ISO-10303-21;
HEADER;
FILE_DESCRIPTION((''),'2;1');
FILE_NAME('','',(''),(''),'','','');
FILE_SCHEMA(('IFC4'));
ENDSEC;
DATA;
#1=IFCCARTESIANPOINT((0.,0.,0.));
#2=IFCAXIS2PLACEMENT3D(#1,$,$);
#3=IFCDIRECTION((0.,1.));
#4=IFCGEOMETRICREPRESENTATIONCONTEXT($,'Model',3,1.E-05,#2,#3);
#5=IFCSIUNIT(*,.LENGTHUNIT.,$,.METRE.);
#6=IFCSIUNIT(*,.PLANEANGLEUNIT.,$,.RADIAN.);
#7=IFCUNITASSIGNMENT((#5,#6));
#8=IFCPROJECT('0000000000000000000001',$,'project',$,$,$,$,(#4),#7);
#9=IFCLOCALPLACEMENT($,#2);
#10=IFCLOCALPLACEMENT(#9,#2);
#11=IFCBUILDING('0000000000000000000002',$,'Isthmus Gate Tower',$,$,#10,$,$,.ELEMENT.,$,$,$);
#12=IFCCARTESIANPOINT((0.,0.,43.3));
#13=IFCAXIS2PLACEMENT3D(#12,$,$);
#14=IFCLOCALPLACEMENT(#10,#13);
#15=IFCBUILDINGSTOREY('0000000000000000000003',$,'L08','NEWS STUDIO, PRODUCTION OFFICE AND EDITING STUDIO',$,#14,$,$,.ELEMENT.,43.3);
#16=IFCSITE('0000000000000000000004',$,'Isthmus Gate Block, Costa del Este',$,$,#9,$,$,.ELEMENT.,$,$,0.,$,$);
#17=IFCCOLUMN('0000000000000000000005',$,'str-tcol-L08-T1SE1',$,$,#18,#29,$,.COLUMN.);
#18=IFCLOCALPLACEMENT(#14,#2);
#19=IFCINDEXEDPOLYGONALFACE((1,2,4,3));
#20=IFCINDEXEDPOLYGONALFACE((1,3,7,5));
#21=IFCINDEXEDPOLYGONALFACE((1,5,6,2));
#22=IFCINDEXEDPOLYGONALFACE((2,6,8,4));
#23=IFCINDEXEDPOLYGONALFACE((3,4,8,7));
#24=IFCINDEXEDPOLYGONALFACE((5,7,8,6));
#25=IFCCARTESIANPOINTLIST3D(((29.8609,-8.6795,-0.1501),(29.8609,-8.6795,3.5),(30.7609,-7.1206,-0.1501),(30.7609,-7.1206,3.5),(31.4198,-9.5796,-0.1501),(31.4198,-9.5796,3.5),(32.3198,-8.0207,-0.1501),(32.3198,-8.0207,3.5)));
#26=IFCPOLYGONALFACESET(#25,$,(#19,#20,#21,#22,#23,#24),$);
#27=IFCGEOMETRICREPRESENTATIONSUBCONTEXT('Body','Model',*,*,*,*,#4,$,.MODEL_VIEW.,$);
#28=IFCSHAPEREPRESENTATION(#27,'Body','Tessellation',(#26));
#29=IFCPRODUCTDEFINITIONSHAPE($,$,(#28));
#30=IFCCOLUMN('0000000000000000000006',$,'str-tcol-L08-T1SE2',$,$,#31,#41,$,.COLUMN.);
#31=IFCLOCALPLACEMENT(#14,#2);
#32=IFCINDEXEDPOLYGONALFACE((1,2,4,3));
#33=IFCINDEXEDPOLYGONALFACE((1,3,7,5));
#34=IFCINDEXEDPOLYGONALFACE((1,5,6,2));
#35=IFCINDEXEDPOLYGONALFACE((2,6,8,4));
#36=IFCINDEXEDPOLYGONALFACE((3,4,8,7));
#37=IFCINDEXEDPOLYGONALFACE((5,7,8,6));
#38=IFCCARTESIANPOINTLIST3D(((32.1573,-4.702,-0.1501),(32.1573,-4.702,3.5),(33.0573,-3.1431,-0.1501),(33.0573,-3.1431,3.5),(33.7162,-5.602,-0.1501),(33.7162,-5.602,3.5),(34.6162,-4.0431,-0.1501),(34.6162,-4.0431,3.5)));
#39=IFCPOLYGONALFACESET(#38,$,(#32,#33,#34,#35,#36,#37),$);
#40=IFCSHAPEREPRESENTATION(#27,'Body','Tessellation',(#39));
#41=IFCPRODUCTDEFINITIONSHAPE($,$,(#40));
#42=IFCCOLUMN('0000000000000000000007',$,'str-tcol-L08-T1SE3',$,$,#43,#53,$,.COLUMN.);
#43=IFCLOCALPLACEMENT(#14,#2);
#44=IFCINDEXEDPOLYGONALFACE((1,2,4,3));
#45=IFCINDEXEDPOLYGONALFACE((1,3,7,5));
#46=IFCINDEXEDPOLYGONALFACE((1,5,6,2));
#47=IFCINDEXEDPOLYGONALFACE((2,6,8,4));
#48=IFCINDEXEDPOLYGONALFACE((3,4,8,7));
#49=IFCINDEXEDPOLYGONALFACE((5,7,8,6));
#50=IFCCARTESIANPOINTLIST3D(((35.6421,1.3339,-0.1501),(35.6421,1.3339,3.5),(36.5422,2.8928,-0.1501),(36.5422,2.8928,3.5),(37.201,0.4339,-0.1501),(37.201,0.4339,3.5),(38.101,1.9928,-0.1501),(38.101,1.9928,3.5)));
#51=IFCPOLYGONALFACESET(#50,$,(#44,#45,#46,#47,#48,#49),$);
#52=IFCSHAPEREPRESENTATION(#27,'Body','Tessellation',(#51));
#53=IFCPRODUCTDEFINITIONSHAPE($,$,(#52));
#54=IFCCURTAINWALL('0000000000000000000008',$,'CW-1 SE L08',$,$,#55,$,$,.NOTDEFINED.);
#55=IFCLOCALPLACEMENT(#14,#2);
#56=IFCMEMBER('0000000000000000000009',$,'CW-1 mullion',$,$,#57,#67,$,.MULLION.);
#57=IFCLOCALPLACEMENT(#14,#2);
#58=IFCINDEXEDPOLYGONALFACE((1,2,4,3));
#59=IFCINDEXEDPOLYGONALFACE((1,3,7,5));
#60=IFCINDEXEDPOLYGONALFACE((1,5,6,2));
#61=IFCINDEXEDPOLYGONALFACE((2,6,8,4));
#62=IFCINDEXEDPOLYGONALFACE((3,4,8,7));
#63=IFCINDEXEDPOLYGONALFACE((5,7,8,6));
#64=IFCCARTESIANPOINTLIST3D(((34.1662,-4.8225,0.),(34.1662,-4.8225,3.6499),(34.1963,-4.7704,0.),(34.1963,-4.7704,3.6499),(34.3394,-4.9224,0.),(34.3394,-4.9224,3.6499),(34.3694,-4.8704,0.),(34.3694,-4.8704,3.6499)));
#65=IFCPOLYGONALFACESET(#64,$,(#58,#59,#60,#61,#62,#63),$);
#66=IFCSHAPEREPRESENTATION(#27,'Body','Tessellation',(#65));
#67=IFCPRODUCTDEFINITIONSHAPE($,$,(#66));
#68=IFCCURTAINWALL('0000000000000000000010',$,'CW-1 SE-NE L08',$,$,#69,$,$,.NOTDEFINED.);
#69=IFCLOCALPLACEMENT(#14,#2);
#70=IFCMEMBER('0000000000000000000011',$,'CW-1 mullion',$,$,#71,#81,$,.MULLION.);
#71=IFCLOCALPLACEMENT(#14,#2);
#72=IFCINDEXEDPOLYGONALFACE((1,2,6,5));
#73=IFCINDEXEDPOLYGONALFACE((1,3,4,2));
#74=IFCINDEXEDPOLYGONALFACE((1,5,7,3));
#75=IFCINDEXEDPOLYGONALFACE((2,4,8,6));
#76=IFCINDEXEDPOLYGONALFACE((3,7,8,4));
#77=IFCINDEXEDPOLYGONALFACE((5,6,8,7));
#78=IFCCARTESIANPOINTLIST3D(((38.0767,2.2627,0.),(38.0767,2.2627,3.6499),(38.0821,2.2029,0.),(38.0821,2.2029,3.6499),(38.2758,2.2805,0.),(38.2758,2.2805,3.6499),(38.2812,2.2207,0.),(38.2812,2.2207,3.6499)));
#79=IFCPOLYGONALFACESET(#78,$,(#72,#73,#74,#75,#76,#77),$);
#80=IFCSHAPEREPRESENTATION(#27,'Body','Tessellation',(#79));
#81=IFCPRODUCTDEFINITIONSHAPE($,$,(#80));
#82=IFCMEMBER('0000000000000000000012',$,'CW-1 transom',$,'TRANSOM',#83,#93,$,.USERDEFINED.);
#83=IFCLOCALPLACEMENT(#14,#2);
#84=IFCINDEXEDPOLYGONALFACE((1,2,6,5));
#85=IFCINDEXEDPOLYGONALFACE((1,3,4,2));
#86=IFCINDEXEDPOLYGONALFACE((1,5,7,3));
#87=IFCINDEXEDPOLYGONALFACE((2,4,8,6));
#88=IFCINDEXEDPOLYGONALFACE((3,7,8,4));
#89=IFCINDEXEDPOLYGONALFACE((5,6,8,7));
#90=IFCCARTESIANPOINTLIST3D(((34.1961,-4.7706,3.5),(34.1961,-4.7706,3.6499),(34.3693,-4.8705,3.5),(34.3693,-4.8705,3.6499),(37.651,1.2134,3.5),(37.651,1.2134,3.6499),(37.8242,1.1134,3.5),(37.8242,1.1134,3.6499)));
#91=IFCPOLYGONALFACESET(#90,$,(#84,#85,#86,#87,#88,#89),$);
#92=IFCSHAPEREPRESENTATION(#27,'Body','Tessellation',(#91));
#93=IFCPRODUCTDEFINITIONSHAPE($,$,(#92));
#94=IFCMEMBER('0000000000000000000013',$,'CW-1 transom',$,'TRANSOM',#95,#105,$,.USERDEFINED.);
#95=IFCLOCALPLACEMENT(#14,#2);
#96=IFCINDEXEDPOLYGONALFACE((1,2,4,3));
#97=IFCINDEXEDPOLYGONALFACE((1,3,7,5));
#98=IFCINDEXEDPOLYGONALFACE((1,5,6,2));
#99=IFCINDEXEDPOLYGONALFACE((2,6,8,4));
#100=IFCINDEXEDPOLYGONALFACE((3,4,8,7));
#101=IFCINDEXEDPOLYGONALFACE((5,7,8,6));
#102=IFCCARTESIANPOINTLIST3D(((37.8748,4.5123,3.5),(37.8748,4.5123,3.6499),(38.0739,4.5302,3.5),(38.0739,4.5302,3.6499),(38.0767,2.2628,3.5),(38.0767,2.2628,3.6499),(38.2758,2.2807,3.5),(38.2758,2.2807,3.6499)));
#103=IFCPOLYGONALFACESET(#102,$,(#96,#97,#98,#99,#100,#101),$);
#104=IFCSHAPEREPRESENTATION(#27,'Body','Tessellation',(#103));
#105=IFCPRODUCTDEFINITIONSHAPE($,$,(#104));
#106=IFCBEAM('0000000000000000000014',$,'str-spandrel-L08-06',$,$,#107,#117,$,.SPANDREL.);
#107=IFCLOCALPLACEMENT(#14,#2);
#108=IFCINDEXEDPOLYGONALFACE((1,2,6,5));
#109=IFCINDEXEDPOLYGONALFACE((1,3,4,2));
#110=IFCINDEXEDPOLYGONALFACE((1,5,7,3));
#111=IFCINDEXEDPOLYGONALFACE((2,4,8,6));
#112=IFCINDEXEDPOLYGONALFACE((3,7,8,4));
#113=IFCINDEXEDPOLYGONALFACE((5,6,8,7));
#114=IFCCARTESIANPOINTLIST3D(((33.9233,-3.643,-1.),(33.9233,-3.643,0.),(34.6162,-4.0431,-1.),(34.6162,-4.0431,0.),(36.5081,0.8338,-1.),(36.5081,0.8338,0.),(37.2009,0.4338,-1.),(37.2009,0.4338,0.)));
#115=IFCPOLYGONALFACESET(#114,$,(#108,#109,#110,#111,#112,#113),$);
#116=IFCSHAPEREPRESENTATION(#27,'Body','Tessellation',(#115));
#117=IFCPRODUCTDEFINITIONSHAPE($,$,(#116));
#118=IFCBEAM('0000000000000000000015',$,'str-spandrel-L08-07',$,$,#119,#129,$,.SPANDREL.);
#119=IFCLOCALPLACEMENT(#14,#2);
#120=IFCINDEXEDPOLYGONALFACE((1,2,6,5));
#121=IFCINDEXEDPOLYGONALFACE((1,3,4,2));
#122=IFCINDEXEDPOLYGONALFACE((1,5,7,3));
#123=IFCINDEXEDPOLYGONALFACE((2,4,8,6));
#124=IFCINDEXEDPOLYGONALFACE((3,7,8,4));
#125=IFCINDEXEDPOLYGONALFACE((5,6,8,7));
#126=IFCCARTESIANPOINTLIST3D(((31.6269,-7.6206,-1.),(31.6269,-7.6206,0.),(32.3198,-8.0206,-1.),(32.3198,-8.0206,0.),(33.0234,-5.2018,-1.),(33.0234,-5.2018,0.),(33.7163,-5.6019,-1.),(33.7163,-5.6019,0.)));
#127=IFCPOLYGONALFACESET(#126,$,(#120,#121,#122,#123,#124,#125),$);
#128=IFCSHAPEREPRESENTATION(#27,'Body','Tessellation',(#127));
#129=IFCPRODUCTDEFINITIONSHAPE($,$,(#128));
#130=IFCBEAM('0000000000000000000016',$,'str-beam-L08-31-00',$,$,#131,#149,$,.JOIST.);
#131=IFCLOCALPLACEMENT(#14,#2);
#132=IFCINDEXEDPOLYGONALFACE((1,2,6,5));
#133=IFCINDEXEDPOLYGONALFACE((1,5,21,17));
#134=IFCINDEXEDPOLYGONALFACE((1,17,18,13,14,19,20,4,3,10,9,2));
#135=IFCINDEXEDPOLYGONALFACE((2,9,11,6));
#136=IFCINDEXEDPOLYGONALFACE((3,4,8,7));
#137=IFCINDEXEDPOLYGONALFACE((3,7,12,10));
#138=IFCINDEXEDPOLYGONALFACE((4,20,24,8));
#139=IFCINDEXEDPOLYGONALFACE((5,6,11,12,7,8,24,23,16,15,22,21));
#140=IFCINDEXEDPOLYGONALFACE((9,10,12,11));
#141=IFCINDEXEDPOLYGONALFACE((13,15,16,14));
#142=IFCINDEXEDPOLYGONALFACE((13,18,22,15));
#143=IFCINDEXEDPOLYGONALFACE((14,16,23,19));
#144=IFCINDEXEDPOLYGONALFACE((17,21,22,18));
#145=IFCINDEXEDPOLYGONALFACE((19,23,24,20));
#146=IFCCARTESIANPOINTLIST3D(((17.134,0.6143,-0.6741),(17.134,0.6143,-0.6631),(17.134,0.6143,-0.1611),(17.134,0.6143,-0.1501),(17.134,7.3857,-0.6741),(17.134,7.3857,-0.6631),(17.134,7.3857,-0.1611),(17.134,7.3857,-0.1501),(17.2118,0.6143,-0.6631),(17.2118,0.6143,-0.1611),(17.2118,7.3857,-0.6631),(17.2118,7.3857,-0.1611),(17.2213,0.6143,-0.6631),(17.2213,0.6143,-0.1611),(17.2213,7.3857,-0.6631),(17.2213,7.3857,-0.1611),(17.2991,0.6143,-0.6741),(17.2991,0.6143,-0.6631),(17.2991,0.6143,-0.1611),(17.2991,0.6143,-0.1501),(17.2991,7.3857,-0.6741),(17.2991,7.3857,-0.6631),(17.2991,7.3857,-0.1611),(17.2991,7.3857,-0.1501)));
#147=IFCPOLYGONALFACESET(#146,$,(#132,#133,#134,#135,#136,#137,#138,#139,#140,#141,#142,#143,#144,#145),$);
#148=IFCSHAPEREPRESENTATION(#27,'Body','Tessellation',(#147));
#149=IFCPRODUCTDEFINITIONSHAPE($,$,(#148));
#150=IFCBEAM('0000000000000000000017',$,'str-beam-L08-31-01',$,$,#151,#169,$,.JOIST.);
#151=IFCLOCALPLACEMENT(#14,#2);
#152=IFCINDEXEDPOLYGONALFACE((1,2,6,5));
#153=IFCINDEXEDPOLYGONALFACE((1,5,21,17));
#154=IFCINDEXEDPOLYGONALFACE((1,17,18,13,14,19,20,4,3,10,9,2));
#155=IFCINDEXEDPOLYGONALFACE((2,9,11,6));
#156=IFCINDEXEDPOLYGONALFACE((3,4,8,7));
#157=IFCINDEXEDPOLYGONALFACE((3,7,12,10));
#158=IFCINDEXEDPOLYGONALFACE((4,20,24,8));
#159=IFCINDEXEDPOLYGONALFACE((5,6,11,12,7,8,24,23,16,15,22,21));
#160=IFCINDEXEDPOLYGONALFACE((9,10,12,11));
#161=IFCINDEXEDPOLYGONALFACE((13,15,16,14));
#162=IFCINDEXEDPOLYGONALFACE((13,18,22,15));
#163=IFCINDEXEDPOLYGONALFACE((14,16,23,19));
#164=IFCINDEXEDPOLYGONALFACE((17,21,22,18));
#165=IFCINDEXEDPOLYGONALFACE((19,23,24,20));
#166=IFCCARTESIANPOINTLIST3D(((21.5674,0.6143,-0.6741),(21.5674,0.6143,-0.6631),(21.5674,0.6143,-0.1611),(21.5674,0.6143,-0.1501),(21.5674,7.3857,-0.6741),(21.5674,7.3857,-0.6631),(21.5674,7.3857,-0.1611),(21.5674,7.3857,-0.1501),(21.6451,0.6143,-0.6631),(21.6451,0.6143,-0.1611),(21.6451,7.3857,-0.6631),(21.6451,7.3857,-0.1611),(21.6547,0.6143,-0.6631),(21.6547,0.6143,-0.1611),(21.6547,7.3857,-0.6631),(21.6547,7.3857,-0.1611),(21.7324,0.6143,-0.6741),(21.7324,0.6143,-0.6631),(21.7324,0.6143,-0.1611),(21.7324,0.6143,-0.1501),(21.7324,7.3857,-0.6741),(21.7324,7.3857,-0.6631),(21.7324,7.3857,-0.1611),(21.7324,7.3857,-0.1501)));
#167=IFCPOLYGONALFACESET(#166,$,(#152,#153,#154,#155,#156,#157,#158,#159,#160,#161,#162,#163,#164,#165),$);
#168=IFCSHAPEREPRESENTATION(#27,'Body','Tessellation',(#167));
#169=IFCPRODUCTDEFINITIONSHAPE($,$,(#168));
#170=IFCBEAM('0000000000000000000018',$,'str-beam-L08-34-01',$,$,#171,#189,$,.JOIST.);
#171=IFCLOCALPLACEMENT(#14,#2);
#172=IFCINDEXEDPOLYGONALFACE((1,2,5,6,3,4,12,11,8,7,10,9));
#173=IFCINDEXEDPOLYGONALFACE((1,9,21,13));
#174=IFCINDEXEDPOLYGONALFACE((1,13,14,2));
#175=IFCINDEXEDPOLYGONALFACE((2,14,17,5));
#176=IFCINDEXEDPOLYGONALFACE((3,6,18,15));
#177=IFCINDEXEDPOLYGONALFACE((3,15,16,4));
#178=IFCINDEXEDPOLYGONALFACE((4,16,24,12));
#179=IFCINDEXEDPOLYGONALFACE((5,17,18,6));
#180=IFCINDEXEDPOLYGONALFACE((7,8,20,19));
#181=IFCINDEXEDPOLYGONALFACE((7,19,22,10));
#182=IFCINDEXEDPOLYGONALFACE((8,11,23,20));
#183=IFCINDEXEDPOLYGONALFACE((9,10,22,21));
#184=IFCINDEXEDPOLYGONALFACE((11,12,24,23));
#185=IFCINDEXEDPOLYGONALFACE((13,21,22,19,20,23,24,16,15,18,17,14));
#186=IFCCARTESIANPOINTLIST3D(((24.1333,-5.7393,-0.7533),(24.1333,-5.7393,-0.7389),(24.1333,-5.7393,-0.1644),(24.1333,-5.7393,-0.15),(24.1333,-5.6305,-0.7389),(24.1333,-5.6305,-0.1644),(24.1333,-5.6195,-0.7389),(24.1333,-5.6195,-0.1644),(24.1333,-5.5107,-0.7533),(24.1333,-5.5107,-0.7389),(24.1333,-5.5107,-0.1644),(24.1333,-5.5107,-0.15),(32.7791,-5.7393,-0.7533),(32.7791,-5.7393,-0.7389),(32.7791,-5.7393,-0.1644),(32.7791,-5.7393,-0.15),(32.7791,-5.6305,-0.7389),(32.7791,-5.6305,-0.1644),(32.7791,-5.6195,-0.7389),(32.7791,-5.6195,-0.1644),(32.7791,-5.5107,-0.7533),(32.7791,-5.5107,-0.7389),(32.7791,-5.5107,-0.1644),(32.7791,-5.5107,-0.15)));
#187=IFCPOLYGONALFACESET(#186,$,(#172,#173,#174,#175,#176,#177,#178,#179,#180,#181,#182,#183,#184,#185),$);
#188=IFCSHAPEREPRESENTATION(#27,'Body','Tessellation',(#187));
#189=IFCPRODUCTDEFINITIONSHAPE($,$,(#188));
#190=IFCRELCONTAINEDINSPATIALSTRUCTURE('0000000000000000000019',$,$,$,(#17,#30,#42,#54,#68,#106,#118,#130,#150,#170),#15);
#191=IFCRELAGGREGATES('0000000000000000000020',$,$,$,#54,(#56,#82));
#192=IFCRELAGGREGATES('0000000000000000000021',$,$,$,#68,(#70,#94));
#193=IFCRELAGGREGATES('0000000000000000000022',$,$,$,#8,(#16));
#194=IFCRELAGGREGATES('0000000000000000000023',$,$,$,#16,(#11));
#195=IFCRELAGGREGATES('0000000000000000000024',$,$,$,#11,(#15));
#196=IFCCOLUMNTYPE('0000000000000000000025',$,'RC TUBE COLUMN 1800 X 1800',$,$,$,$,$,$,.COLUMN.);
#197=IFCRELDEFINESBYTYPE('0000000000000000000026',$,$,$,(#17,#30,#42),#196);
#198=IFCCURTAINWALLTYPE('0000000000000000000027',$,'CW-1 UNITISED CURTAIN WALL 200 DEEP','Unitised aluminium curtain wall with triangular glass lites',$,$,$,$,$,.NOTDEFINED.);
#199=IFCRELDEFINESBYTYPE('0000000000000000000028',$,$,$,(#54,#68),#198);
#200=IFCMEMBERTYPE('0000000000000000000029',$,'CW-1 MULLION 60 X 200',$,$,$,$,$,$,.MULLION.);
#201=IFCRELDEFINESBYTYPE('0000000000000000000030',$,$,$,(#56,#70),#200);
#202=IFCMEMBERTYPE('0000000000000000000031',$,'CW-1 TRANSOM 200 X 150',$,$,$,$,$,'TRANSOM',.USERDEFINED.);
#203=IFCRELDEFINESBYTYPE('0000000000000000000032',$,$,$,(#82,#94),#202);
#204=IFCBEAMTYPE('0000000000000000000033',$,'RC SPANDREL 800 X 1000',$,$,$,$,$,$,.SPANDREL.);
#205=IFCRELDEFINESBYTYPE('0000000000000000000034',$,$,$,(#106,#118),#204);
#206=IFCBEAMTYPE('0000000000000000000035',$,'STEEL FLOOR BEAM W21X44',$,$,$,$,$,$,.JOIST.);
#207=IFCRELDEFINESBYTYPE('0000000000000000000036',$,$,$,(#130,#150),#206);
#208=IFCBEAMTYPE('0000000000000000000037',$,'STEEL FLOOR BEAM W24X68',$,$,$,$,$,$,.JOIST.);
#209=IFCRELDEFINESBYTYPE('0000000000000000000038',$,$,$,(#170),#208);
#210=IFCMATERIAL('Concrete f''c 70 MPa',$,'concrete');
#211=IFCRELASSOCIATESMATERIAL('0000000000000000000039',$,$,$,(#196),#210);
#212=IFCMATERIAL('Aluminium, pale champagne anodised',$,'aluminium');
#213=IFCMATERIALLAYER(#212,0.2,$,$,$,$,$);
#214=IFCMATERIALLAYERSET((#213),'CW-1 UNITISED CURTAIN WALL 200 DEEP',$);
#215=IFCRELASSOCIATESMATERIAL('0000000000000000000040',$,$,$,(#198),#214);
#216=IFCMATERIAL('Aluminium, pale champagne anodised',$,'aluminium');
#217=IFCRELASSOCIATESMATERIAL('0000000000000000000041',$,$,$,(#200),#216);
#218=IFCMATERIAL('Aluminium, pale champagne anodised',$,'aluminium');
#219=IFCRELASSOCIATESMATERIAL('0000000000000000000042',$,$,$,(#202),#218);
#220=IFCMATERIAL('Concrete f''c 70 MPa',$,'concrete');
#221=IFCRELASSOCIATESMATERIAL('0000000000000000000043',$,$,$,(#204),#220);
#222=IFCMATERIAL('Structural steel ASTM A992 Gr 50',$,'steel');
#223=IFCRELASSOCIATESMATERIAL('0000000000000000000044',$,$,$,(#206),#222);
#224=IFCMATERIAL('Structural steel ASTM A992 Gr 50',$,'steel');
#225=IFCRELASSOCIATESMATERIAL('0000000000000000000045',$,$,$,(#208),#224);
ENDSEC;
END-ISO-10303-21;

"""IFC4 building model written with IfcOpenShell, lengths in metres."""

from ifc_helpers import new_model, si_unit, direction, frame, origin, origin_2d, place, context, subcontext, project, spatial, rectangle, i_section, extrude, material, layer, layer_set, material_profile, profile_set, type_object, element, aggregate, save


model = new_model("IFC4")

# Units and contexts
model_context = context("Model", 3, precision=1e-05, world=origin(), true_north=direction((0.0, 1.0)))
body_context = subcontext(model_context, "Body", "Model", "MODEL_VIEW")
ifc_project = project(units=[si_unit("LENGTHUNIT", "METRE"), si_unit("PLANEANGLEUNIT", "RADIAN")], contexts=[model_context])

# Site, building, storey
site_placement = place(None, origin())
site = spatial("IfcSite", under=ifc_project, at=site_placement, Name="Isthmus Gate Block, Costa del Este", CompositionType="ELEMENT", RefElevation=0.0)
building_placement = place(site_placement, origin())
building = spatial("IfcBuilding", under=site, at=building_placement, Name="Isthmus Gate Tower", CompositionType="ELEMENT")
storey_placement = place(building_placement, frame((0.0, 0.0, 43.3)))
storey = spatial("IfcBuildingStorey", under=building, at=storey_placement, Name="L08", Description="NEWS STUDIO, PRODUCTION OFFICE AND EDITING STUDIO", CompositionType="ELEMENT", Elevation=43.3)

# Columns
ifc_material_1 = material(Name="Concrete f'c 70 MPa", Category="concrete")
ifc_material_profile_1 = material_profile(ifc_material_1, rectangle(XDim=1.8, YDim=1.8, at=origin_2d()), Name="RC 1800X1800")
ifc_profile_set_1 = profile_set([ifc_material_profile_1], Name="Concrete f'c 70 MPa")
column_type = type_object("IfcColumnType", Name="RC TUBE COLUMN 1800 X 1800", PredefinedType="COLUMN", material=ifc_profile_set_1)
for number, where, z_axis, x_axis, name in (
    (1, (31.0903, -8.3501, -0.1501), (0.0, 0.0, 1.0), (0.5, 0.866025, 0.0), "str-tcol-L08-T1SE1"),
    (2, (33.3867, -4.3726, -0.1501), (0.0, 0.0, 1.0), (0.5, 0.866025, 0.0), "str-tcol-L08-T1SE2"),
    (3, (36.8716, 1.6633, -0.1501), (0.0, 0.0, 1.0), (0.5, 0.866025, 0.0), "str-tcol-L08-T1SE3"),
):
    element("IfcColumn", number, at=place(storey_placement, frame(where, z_axis=z_axis, x_axis=x_axis)), inside=storey, type_object=column_type, Name=name, PredefinedType="COLUMN", context=body_context, shape_type="SweptSolid", body=[
        extrude(rectangle(XDim=1.8, YDim=1.8, at=origin_2d()), origin(), (0.0, 0.0, 1.0), 3.6501),
    ])

# Curtain walls, members
ifc_material_2 = material(Name="Aluminium, pale champagne anodised", Category="aluminium")
ifc_layer_1 = layer(ifc_material_2, 0.2)
ifc_layer_set_1 = layer_set([ifc_layer_1], Name="CW-1 UNITISED CURTAIN WALL 200 DEEP")
curtain_wall_type = type_object("IfcCurtainWallType", Name="CW-1 UNITISED CURTAIN WALL 200 DEEP", Description="Unitised aluminium curtain wall with triangular glass lites", PredefinedType="NOTDEFINED", material=ifc_layer_set_1)
curtain_wall_1_placement = place(storey_placement, origin())
curtain_wall_1 = element("IfcCurtainWall", 4, at=curtain_wall_1_placement, inside=storey, type_object=curtain_wall_type, Name="CW-1 SE L08", PredefinedType="NOTDEFINED")
ifc_material_3 = material(Name="Aluminium, pale champagne anodised", Category="aluminium")
ifc_material_profile_2 = material_profile(ifc_material_3, rectangle(XDim=0.0601, YDim=0.2, at=origin_2d()), Name="60x200")
ifc_profile_set_2 = profile_set([ifc_material_profile_2], Name="Aluminium, pale champagne anodised")
member_type_1 = type_object("IfcMemberType", Name="CW-1 MULLION 60 X 200", PredefinedType="MULLION", material=ifc_profile_set_2)
member_1_placement = place(storey_placement, frame((34.2678, -4.8464, 0.0), z_axis=(0.0, 0.0, 1.0), x_axis=(0.5, 0.866025, 0.0)))
member_1 = element("IfcMember", 5, at=member_1_placement, type_object=member_type_1, Name="CW-1 mullion", PredefinedType="MULLION", context=body_context, shape_type="SweptSolid", body=[
    extrude(rectangle(XDim=0.0601, YDim=0.2, at=origin_2d()), origin(), (0.0, 0.0, 1.0), 3.6499),
])
curtain_wall_2_placement = place(storey_placement, origin())
curtain_wall_2 = element("IfcCurtainWall", 6, at=curtain_wall_2_placement, inside=storey, type_object=curtain_wall_type, Name="CW-1 SE-NE L08", PredefinedType="NOTDEFINED")
member_2_placement = place(storey_placement, frame((38.179, 2.2417, 0.0), z_axis=(0.0, 0.0, 1.0), x_axis=(-0.089397, 0.995996, 0.0)))
member_2 = element("IfcMember", 7, at=member_2_placement, type_object=member_type_1, Name="CW-1 mullion", PredefinedType="MULLION", context=body_context, shape_type="SweptSolid", body=[
    extrude(rectangle(XDim=0.0601, YDim=0.2, at=origin_2d()), origin(), (0.0, 0.0, 1.0), 3.6499),
])

# Members
ifc_material_4 = material(Name="Aluminium, pale champagne anodised", Category="aluminium")
ifc_material_profile_3 = material_profile(ifc_material_4, rectangle(XDim=0.2, YDim=0.1499, at=origin_2d()), Name="200x150")
ifc_profile_set_3 = profile_set([ifc_material_profile_3], Name="Aluminium, pale champagne anodised")
member_type_2 = type_object("IfcMemberType", Name="CW-1 TRANSOM 200 X 150", ElementType="TRANSOM", PredefinedType="USERDEFINED", material=ifc_profile_set_3)
member_3_placement = place(storey_placement, frame((34.2827, -4.8206, 3.575), z_axis=(0.500004, 0.866023, 0.0), x_axis=(-0.866023, 0.500004, 0.0)))
member_3 = element("IfcMember", 8, at=member_3_placement, type_object=member_type_2, Name="CW-1 transom", ObjectType="TRANSOM", PredefinedType="USERDEFINED", context=body_context, shape_type="SweptSolid", body=[
    extrude(rectangle(XDim=0.2, YDim=0.1499, at=origin_2d()), origin(), (0.0, 0.0, 1.0), 6.9097),
])
member_4_placement = place(storey_placement, frame((38.1763, 2.2717, 3.575), z_axis=(-0.089395, 0.995996, 0.0), x_axis=(-0.995996, -0.089395, 0.0)))
member_4 = element("IfcMember", 9, at=member_4_placement, type_object=member_type_2, Name="CW-1 transom", ObjectType="TRANSOM", PredefinedType="USERDEFINED", context=body_context, shape_type="SweptSolid", body=[
    extrude(rectangle(XDim=0.2, YDim=0.1499, at=origin_2d()), origin(), (0.0, 0.0, 1.0), 2.2585),
])

# Beams
ifc_material_5 = material(Name="Concrete f'c 70 MPa", Category="concrete")
ifc_material_profile_4 = material_profile(ifc_material_5, rectangle(XDim=0.8, YDim=1.0, at=origin_2d()), Name="RC 800X1000")
ifc_profile_set_4 = profile_set([ifc_material_profile_4], Name="Concrete f'c 70 MPa")
beam_type_1 = type_object("IfcBeamType", Name="RC SPANDREL 800 X 1000", PredefinedType="SPANDREL", material=ifc_profile_set_4)
beam_1_placement = place(storey_placement, frame((36.8545, 0.6338, -0.5), z_axis=(-0.500005, -0.866023, 0.0), x_axis=(0.866023, -0.500005, 0.0)))
element("IfcBeam", 10, at=beam_1_placement, inside=storey, type_object=beam_type_1, Name="str-spandrel-L08-06", PredefinedType="SPANDREL", context=body_context, shape_type="SweptSolid", body=[
    extrude(rectangle(XDim=0.8, YDim=1.0, at=origin_2d()), origin(), (0.0, 0.0, 1.0), 5.1694),
])
beam_2_placement = place(storey_placement, frame((33.3699, -5.4019, -0.5), z_axis=(-0.500013, -0.866018, 0.0), x_axis=(0.866018, -0.500013, 0.0)))
element("IfcBeam", 11, at=beam_2_placement, inside=storey, type_object=beam_type_1, Name="str-spandrel-L08-07", PredefinedType="SPANDREL", context=body_context, shape_type="SweptSolid", body=[
    extrude(rectangle(XDim=0.8, YDim=1.0, at=origin_2d()), origin(), (0.0, 0.0, 1.0), 2.793),
])
ifc_material_6 = material(Name="Structural steel ASTM A992 Gr 50", Category="steel")
ifc_material_profile_5 = material_profile(ifc_material_6, i_section(OverallWidth=0.165, OverallDepth=0.5239, WebThickness=0.0095, FlangeThickness=0.011, at=origin_2d()), Name="W21X44")
ifc_profile_set_5 = profile_set([ifc_material_profile_5], Name="Structural steel ASTM A992 Gr 50")
beam_type_2 = type_object("IfcBeamType", Name="STEEL FLOOR BEAM W21X44", PredefinedType="JOIST", material=ifc_profile_set_5)
for number, where, z_axis, x_axis, name in (
    (12, (17.2166, 0.6143, -0.4121), (0.0, 1.0, 0.0), (-1.0, 0.0, 0.0), "str-beam-L08-31-00"),
    (13, (21.6499, 0.6143, -0.4121), (0.0, 1.0, 0.0), (-1.0, 0.0, 0.0), "str-beam-L08-31-01"),
):
    element("IfcBeam", number, at=place(storey_placement, frame(where, z_axis=z_axis, x_axis=x_axis)), inside=storey, type_object=beam_type_2, Name=name, PredefinedType="JOIST", context=body_context, shape_type="SweptSolid", body=[
        extrude(i_section(OverallWidth=0.165, OverallDepth=0.5239, WebThickness=0.0095, FlangeThickness=0.011, at=origin_2d()), origin(), (0.0, 0.0, 1.0), 6.7715),
    ])
ifc_material_7 = material(Name="Structural steel ASTM A992 Gr 50", Category="steel")
ifc_material_profile_6 = material_profile(ifc_material_7, i_section(OverallWidth=0.2285, OverallDepth=0.6033, WebThickness=0.011, FlangeThickness=0.0144, at=origin_2d()), Name="W24X68")
ifc_profile_set_6 = profile_set([ifc_material_profile_6], Name="Structural steel ASTM A992 Gr 50")
beam_type_3 = type_object("IfcBeamType", Name="STEEL FLOOR BEAM W24X68", PredefinedType="JOIST", material=ifc_profile_set_6)
beam_3_placement = place(storey_placement, frame((24.1333, -5.625, -0.4517), z_axis=(1.0, 0.0, 0.0), x_axis=(0.0, 1.0, 0.0)))
element("IfcBeam", 14, at=beam_3_placement, inside=storey, type_object=beam_type_3, Name="str-beam-L08-34-01", PredefinedType="JOIST", context=body_context, shape_type="SweptSolid", body=[
    extrude(i_section(OverallWidth=0.2285, OverallDepth=0.6033, WebThickness=0.011, FlangeThickness=0.0144, at=origin_2d()), origin(), (0.0, 0.0, 1.0), 8.6458),
])

aggregate(curtain_wall_1, [member_1, member_3])
aggregate(curtain_wall_2, [member_2, member_4])

save(model, "model.ifc")
